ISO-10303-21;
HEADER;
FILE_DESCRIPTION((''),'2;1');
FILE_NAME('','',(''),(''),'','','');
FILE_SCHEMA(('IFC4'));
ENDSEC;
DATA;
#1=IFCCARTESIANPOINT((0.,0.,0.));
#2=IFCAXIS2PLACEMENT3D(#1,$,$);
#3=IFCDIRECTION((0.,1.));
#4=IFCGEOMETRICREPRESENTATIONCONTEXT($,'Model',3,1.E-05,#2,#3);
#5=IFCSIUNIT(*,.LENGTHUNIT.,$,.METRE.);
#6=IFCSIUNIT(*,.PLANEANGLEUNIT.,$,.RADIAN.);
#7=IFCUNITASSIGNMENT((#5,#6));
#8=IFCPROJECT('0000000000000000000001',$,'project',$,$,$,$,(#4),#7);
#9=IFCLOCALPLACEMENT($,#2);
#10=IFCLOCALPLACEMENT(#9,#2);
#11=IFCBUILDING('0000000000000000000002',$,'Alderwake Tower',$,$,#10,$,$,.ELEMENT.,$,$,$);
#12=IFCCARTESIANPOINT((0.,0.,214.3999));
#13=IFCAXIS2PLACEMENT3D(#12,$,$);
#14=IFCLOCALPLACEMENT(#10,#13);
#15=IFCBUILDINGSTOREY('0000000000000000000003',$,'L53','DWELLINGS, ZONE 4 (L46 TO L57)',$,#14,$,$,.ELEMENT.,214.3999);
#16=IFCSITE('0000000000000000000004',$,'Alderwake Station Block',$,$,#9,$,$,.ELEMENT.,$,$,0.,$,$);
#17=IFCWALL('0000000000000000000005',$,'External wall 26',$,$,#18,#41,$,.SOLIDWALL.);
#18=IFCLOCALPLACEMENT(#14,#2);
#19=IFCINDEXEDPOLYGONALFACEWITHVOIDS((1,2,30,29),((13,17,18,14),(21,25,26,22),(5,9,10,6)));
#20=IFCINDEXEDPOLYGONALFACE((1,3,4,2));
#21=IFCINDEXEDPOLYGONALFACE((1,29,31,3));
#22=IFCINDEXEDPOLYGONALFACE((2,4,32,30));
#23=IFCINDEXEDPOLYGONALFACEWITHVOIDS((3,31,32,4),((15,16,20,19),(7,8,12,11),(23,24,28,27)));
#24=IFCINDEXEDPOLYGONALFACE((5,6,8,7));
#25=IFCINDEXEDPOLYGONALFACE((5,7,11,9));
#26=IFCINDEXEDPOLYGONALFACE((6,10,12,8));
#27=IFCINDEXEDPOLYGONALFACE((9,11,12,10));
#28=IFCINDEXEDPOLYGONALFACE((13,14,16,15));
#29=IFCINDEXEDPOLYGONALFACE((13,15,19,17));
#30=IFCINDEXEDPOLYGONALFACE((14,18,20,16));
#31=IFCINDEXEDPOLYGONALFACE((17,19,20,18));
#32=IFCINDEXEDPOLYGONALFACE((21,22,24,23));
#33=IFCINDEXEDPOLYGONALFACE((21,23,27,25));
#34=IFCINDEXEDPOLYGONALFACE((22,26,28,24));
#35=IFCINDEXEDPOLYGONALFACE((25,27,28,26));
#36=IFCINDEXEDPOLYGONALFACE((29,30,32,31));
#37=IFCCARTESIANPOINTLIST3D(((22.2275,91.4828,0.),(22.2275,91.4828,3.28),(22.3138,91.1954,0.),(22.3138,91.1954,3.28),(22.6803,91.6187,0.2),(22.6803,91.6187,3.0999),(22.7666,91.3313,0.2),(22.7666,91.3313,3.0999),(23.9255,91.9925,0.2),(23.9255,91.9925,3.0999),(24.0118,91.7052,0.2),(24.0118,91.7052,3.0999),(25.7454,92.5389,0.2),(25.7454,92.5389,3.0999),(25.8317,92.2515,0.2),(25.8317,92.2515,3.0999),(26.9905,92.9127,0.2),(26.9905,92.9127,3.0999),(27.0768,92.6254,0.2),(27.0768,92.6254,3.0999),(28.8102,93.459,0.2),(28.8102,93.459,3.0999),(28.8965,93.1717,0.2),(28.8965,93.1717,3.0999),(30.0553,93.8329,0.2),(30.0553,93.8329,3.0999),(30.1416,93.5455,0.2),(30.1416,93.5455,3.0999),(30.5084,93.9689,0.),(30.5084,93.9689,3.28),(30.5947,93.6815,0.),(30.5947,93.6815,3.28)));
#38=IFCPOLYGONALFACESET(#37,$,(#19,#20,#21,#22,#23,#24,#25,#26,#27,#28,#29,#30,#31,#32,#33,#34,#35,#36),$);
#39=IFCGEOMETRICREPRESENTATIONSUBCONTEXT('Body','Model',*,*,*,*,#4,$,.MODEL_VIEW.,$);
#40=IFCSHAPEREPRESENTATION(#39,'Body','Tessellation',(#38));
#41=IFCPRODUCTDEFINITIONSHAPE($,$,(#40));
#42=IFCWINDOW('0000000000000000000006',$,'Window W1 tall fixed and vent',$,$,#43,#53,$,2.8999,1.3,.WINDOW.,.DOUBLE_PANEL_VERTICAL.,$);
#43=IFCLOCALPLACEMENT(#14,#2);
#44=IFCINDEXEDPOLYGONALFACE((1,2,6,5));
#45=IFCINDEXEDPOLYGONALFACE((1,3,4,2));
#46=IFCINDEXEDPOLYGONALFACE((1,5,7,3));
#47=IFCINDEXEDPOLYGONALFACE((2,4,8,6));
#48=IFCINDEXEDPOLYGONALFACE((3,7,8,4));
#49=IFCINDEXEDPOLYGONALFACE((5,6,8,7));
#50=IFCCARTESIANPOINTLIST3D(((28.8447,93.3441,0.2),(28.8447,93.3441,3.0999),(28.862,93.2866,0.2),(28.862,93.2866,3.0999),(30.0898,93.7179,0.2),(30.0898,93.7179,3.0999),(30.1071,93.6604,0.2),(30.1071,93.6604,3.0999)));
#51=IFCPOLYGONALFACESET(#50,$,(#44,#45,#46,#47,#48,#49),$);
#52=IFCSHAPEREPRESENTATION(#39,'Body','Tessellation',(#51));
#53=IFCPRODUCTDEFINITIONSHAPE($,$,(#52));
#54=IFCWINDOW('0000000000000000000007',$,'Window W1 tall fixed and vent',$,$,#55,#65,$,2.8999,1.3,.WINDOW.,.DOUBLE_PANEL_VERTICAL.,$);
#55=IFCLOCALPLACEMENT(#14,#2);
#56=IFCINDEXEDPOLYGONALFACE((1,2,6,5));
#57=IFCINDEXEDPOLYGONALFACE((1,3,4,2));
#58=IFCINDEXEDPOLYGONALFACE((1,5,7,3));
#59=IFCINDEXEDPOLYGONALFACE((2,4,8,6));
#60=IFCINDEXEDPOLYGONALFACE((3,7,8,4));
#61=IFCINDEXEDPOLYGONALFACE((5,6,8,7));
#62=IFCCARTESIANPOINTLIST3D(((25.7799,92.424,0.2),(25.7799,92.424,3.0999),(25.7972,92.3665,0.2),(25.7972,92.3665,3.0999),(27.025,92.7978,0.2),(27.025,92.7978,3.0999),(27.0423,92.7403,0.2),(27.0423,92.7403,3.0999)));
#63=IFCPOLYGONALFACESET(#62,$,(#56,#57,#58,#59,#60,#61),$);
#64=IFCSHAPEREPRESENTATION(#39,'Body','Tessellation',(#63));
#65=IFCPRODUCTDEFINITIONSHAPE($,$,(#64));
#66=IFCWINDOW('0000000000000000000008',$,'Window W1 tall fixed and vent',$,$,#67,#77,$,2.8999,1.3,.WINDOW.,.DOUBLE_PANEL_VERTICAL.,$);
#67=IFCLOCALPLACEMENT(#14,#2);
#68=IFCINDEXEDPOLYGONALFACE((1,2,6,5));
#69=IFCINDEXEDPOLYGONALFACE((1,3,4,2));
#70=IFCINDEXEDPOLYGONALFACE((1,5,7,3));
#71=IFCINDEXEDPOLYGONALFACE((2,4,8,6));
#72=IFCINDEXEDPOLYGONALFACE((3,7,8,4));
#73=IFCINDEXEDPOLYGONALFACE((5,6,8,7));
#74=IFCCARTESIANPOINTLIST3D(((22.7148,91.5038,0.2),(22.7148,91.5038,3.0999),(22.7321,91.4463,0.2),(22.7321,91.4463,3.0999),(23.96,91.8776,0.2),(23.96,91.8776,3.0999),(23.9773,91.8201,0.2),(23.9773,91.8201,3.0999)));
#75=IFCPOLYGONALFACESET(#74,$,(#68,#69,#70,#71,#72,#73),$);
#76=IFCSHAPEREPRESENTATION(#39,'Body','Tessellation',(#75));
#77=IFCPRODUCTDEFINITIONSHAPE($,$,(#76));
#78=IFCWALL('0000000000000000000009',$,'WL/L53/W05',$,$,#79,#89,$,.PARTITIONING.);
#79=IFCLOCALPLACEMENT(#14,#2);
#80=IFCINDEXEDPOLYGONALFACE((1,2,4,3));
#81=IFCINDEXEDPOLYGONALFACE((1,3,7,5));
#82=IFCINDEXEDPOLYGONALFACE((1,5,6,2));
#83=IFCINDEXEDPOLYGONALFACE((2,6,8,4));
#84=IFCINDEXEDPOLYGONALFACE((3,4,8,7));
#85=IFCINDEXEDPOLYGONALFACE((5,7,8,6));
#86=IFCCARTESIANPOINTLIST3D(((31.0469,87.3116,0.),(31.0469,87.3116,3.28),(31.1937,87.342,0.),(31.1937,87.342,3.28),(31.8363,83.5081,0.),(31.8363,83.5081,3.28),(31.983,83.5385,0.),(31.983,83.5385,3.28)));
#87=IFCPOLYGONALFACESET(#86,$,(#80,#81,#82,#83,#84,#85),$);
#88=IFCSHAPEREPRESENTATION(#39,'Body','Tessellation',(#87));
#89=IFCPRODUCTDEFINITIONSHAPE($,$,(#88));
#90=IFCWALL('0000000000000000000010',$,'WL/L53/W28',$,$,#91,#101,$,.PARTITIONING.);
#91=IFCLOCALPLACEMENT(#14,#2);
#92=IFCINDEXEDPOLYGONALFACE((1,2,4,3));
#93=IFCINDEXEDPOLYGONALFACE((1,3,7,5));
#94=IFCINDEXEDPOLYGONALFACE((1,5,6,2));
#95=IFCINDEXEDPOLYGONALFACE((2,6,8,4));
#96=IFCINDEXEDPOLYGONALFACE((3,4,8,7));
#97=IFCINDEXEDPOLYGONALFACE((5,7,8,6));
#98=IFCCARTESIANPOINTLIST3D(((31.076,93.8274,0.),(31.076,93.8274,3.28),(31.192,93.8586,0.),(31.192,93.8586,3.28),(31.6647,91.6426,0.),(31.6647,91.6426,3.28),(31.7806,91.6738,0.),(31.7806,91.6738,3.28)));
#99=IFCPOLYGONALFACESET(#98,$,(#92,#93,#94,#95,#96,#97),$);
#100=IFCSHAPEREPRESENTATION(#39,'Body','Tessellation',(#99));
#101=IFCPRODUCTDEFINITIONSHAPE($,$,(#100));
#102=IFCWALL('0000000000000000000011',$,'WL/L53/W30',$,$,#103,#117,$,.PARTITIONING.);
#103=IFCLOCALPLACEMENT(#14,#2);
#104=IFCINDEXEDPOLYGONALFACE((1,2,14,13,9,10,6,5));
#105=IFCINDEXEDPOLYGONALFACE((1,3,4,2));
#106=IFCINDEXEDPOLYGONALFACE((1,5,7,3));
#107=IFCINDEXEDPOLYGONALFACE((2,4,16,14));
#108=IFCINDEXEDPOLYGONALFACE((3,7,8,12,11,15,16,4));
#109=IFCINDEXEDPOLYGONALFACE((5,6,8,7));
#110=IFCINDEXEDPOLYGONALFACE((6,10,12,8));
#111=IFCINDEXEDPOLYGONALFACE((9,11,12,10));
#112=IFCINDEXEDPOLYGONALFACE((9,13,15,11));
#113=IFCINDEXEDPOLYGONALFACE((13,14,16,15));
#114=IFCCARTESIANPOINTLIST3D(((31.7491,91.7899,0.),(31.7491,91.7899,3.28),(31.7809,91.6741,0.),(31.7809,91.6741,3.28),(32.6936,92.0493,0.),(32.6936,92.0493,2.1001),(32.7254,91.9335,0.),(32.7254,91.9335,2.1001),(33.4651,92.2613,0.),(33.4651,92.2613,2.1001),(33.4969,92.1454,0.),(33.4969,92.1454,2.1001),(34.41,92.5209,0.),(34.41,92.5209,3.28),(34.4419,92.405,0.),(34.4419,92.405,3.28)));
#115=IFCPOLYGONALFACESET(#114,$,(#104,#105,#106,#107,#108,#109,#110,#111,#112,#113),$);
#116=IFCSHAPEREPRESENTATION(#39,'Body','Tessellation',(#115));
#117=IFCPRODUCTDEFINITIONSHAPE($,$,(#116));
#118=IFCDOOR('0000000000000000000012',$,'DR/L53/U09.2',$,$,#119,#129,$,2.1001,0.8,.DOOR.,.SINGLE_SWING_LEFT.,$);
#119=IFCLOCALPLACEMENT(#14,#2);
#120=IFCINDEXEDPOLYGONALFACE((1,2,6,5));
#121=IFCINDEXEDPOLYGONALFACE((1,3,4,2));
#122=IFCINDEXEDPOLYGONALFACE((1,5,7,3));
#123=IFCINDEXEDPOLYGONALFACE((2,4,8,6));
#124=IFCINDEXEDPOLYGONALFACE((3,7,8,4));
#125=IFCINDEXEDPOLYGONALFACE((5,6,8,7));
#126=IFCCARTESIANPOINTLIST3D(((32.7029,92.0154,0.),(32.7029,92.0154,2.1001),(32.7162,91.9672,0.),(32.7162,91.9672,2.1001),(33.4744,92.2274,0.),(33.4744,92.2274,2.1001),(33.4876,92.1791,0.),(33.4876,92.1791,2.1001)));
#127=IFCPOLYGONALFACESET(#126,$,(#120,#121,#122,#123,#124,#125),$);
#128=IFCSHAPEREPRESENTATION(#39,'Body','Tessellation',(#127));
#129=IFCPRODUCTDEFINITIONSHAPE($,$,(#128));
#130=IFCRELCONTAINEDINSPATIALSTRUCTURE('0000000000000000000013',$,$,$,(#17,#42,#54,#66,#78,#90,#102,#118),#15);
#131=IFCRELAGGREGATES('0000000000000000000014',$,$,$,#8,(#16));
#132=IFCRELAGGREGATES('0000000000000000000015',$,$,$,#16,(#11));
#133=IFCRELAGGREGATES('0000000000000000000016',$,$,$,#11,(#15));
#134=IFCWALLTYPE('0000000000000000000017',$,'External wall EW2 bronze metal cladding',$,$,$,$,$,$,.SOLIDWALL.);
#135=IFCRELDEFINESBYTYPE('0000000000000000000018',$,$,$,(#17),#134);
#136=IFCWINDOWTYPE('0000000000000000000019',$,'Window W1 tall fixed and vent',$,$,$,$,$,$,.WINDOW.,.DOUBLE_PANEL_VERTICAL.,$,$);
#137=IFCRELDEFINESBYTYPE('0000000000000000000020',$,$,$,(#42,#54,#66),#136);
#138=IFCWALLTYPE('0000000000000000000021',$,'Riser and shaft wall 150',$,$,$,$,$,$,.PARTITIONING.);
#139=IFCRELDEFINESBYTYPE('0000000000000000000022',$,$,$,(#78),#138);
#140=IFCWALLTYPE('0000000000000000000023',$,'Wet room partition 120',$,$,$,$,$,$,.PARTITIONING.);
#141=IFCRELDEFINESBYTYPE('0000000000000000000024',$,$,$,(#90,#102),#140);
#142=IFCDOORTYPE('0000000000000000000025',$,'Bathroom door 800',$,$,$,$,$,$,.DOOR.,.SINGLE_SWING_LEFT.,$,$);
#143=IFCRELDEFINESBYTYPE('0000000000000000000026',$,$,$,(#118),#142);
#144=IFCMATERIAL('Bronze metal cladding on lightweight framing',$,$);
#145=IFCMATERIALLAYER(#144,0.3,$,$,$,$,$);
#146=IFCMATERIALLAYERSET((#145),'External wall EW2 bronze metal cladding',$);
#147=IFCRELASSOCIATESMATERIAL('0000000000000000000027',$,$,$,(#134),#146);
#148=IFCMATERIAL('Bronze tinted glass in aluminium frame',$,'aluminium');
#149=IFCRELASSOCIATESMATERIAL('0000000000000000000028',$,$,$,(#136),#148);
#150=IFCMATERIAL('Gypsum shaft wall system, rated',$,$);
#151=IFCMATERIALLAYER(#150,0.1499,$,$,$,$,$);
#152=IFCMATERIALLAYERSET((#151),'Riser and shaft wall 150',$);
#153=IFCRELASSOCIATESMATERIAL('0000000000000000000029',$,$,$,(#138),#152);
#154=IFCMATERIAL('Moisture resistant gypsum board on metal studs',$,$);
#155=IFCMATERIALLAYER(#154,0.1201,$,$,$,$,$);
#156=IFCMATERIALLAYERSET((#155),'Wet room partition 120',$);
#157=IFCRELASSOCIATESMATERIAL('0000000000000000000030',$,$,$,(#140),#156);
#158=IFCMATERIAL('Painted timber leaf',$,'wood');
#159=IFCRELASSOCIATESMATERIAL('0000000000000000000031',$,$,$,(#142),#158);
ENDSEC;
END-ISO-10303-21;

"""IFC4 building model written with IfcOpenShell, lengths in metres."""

from ifc_helpers import new_model, si_unit, direction, frame, frame_2d, origin, place, context, subcontext, project, spatial, rectangle, extrude, material, layer, layer_set, type_object, element, fill, save


model = new_model("IFC4")

# Units and contexts
model_context = context("Model", 3, precision=1e-05, world=origin(), true_north=direction((0.0, 1.0)))
body_context = subcontext(model_context, "Body", "Model", "MODEL_VIEW")
ifc_project = project(units=[si_unit("LENGTHUNIT", "METRE"), si_unit("PLANEANGLEUNIT", "RADIAN")], contexts=[model_context])

# Site, building, storey
site_placement = place(None, origin())
site = spatial("IfcSite", under=ifc_project, at=site_placement, Name="Alderwake Station Block", CompositionType="ELEMENT", RefElevation=0.0)
building_placement = place(site_placement, origin())
building = spatial("IfcBuilding", under=site, at=building_placement, Name="Alderwake Tower", CompositionType="ELEMENT")
storey_placement = place(building_placement, frame((0.0, 0.0, 214.3999)))
storey = spatial("IfcBuildingStorey", under=building, at=storey_placement, Name="L53", Description="DWELLINGS, ZONE 4 (L46 TO L57)", CompositionType="ELEMENT", Elevation=214.3999)

# Shared definitions
ifc_material_1 = material(Name="Bronze metal cladding on lightweight framing")
ifc_layer_1 = layer(ifc_material_1, 0.3)
ifc_layer_set_1 = layer_set([ifc_layer_1], Name="External wall EW2 bronze metal cladding")
wall_type_1 = type_object("IfcWallType", Name="External wall EW2 bronze metal cladding", PredefinedType="SOLIDWALL", material=ifc_layer_set_1)
ifc_material_2 = material(Name="Bronze tinted glass in aluminium frame", Category="aluminium")
window_type = type_object("IfcWindowType", Name="Window W1 tall fixed and vent", PartitioningType="DOUBLE_PANEL_VERTICAL", PredefinedType="WINDOW", material=ifc_material_2)

# Wall, openings, windows
wall_1_placement = place(storey_placement, frame((30.5515, 93.8252, 0.0), z_axis=(0.0, 0.0, 1.0), x_axis=(-0.957767, -0.287545, 0.0)))
wall_1 = element("IfcWall", 1, at=wall_1_placement, inside=storey, type_object=wall_type_1, Name="External wall 26", PredefinedType="SOLIDWALL", context=body_context, shape_type="SweptSolid", body=[
    extrude(rectangle(XDim=8.646, YDim=0.3, at=frame_2d((4.323, 0.0))), origin(), (0.0, 0.0, 1.0), 3.28),
])
opening_1_placement = place(wall_1_placement, frame((0.4731, 0.0, 0.2)))
opening_1 = element("IfcOpeningElement", 2, at=opening_1_placement, cuts=wall_1, PredefinedType="OPENING", context=body_context, shape_type="SweptSolid", body=[
    extrude(rectangle(XDim=1.3, YDim=2.8999, at=frame_2d((0.6499, 1.45))), frame((0.0, 0.1599, 0.0), z_axis=(0.0, -1.0, 0.0), x_axis=(1.0, 0.0, 0.0)), (0.0, 0.0, 1.0), 0.3201),
])
opening_2_placement = place(wall_1_placement, frame((3.6731, 0.0, 0.2)))
opening_2 = element("IfcOpeningElement", 3, at=opening_2_placement, cuts=wall_1, PredefinedType="OPENING", context=body_context, shape_type="SweptSolid", body=[
    extrude(rectangle(XDim=1.3, YDim=2.8999, at=frame_2d((0.6499, 1.45))), frame((0.0, 0.1599, 0.0), z_axis=(0.0, -1.0, 0.0), x_axis=(1.0, 0.0, 0.0)), (0.0, 0.0, 1.0), 0.3201),
])
opening_3_placement = place(wall_1_placement, frame((6.8733, 0.0, 0.2)))
opening_3 = element("IfcOpeningElement", 4, at=opening_3_placement, cuts=wall_1, PredefinedType="OPENING", context=body_context, shape_type="SweptSolid", body=[
    extrude(rectangle(XDim=1.3, YDim=2.8999, at=frame_2d((0.6499, 1.45))), frame((0.0, 0.1599, 0.0), z_axis=(0.0, -1.0, 0.0), x_axis=(1.0, 0.0, 0.0)), (0.0, 0.0, 1.0), 0.3201),
])
window_1_placement = place(opening_1_placement, origin())
window_1 = element("IfcWindow", 5, at=window_1_placement, inside=storey, type_object=window_type, Name="Window W1 tall fixed and vent", OverallHeight=2.8999, OverallWidth=1.3, PartitioningType="DOUBLE_PANEL_VERTICAL", PredefinedType="WINDOW", context=body_context, shape_type="SweptSolid", body=[
    extrude(rectangle(XDim=1.3, YDim=2.8999, at=frame_2d((0.6499, 1.45))), frame((0.0, 0.03, 0.0), z_axis=(0.0, -1.0, 0.0), x_axis=(1.0, 0.0, 0.0)), (0.0, 0.0, 1.0), 0.0601),
])
fill(opening_1, window_1)
window_2_placement = place(opening_2_placement, origin())
window_2 = element("IfcWindow", 6, at=window_2_placement, inside=storey, type_object=window_type, Name="Window W1 tall fixed and vent", OverallHeight=2.8999, OverallWidth=1.3, PartitioningType="DOUBLE_PANEL_VERTICAL", PredefinedType="WINDOW", context=body_context, shape_type="SweptSolid", body=[
    extrude(rectangle(XDim=1.3, YDim=2.8999, at=frame_2d((0.6499, 1.45))), frame((0.0, 0.03, 0.0), z_axis=(0.0, -1.0, 0.0), x_axis=(1.0, 0.0, 0.0)), (0.0, 0.0, 1.0), 0.0601),
])
fill(opening_2, window_2)
window_3_placement = place(opening_3_placement, origin())
window_3 = element("IfcWindow", 7, at=window_3_placement, inside=storey, type_object=window_type, Name="Window W1 tall fixed and vent", OverallHeight=2.8999, OverallWidth=1.3, PartitioningType="DOUBLE_PANEL_VERTICAL", PredefinedType="WINDOW", context=body_context, shape_type="SweptSolid", body=[
    extrude(rectangle(XDim=1.3, YDim=2.8999, at=frame_2d((0.6499, 1.45))), frame((0.0, 0.03, 0.0), z_axis=(0.0, -1.0, 0.0), x_axis=(1.0, 0.0, 0.0)), (0.0, 0.0, 1.0), 0.0601),
])
fill(opening_3, window_3)

# Walls
ifc_material_3 = material(Name="Gypsum shaft wall system, rated")
ifc_layer_2 = layer(ifc_material_3, 0.1499)
ifc_layer_set_2 = layer_set([ifc_layer_2], Name="Riser and shaft wall 150")
wall_type_2 = type_object("IfcWallType", Name="Riser and shaft wall 150", PredefinedType="PARTITIONING", material=ifc_layer_set_2)
wall_2_placement = place(storey_placement, frame((31.9097, 83.5232, 0.0), z_axis=(0.0, 0.0, 1.0), x_axis=(-0.203194, 0.979139, 0.0)))
element("IfcWall", 8, at=wall_2_placement, inside=storey, type_object=wall_type_2, Name="WL/L53/W05", PredefinedType="PARTITIONING", context=body_context, shape_type="SweptSolid", body=[
    extrude(rectangle(XDim=3.8845, YDim=0.1499, at=frame_2d((1.9424, 0.0))), origin(), (0.0, 0.0, 1.0), 3.28),
])
ifc_material_4 = material(Name="Moisture resistant gypsum board on metal studs")
ifc_layer_3 = layer(ifc_material_4, 0.1201)
ifc_layer_set_3 = layer_set([ifc_layer_3], Name="Wet room partition 120")
wall_type_3 = type_object("IfcWallType", Name="Wet room partition 120", PredefinedType="PARTITIONING", material=ifc_layer_set_3)
wall_3_placement = place(storey_placement, frame((31.134, 93.843, 0.0), z_axis=(0.0, 0.0, 1.0), x_axis=(0.26014, -0.965571, 0.0)))
element("IfcWall", 9, at=wall_3_placement, inside=storey, type_object=wall_type_3, Name="WL/L53/W28", PredefinedType="PARTITIONING", context=body_context, shape_type="SweptSolid", body=[
    extrude(rectangle(XDim=2.2627, YDim=0.1201, at=frame_2d((1.1313, 0.0))), origin(), (0.0, 0.0, 1.0), 3.28),
])

# Wall, opening, door
wall_4_placement = place(storey_placement, frame((31.7649, 91.7319, 0.0), z_axis=(0.0, 0.0, 1.0), x_axis=(0.964278, 0.264891, 0.0)))
wall_4 = element("IfcWall", 10, at=wall_4_placement, inside=storey, type_object=wall_type_3, Name="WL/L53/W30", PredefinedType="PARTITIONING", context=body_context, shape_type="SweptSolid", body=[
    extrude(rectangle(XDim=2.7595, YDim=0.1201, at=frame_2d((1.3799, 0.0))), origin(), (0.0, 0.0, 1.0), 3.28),
])
opening_4_placement = place(wall_4_placement, frame((0.9797, 0.0, 0.0)))
opening_4 = element("IfcOpeningElement", 11, at=opening_4_placement, cuts=wall_4, PredefinedType="OPENING", context=body_context, shape_type="SweptSolid", body=[
    extrude(rectangle(XDim=0.8, YDim=2.1001, at=frame_2d((0.3999, 1.05))), frame((0.0, 0.0701, 0.0), z_axis=(0.0, -1.0, 0.0), x_axis=(1.0, 0.0, 0.0)), (0.0, 0.0, 1.0), 0.1401),
])
ifc_material_5 = material(Name="Painted timber leaf", Category="wood")
door_type_1 = type_object("IfcDoorType", Name="Bathroom door 800", OperationType="SINGLE_SWING_LEFT", PredefinedType="DOOR", material=ifc_material_5)
door_1_placement = place(opening_4_placement, origin())
door_1 = element("IfcDoor", 12, at=door_1_placement, inside=storey, type_object=door_type_1, Name="DR/L53/U09.2", OperationType="SINGLE_SWING_LEFT", OverallHeight=2.1001, OverallWidth=0.8, PredefinedType="DOOR", context=body_context, shape_type="SweptSolid", body=[
    extrude(rectangle(XDim=0.8, YDim=2.1001, at=frame_2d((0.3999, 1.05))), frame((0.0, 0.0249, 0.0), z_axis=(0.0, -1.0, 0.0), x_axis=(1.0, 0.0, 0.0)), (0.0, 0.0, 1.0), 0.05),
])
fill(opening_4, door_1)

save(model, "model.ifc")
